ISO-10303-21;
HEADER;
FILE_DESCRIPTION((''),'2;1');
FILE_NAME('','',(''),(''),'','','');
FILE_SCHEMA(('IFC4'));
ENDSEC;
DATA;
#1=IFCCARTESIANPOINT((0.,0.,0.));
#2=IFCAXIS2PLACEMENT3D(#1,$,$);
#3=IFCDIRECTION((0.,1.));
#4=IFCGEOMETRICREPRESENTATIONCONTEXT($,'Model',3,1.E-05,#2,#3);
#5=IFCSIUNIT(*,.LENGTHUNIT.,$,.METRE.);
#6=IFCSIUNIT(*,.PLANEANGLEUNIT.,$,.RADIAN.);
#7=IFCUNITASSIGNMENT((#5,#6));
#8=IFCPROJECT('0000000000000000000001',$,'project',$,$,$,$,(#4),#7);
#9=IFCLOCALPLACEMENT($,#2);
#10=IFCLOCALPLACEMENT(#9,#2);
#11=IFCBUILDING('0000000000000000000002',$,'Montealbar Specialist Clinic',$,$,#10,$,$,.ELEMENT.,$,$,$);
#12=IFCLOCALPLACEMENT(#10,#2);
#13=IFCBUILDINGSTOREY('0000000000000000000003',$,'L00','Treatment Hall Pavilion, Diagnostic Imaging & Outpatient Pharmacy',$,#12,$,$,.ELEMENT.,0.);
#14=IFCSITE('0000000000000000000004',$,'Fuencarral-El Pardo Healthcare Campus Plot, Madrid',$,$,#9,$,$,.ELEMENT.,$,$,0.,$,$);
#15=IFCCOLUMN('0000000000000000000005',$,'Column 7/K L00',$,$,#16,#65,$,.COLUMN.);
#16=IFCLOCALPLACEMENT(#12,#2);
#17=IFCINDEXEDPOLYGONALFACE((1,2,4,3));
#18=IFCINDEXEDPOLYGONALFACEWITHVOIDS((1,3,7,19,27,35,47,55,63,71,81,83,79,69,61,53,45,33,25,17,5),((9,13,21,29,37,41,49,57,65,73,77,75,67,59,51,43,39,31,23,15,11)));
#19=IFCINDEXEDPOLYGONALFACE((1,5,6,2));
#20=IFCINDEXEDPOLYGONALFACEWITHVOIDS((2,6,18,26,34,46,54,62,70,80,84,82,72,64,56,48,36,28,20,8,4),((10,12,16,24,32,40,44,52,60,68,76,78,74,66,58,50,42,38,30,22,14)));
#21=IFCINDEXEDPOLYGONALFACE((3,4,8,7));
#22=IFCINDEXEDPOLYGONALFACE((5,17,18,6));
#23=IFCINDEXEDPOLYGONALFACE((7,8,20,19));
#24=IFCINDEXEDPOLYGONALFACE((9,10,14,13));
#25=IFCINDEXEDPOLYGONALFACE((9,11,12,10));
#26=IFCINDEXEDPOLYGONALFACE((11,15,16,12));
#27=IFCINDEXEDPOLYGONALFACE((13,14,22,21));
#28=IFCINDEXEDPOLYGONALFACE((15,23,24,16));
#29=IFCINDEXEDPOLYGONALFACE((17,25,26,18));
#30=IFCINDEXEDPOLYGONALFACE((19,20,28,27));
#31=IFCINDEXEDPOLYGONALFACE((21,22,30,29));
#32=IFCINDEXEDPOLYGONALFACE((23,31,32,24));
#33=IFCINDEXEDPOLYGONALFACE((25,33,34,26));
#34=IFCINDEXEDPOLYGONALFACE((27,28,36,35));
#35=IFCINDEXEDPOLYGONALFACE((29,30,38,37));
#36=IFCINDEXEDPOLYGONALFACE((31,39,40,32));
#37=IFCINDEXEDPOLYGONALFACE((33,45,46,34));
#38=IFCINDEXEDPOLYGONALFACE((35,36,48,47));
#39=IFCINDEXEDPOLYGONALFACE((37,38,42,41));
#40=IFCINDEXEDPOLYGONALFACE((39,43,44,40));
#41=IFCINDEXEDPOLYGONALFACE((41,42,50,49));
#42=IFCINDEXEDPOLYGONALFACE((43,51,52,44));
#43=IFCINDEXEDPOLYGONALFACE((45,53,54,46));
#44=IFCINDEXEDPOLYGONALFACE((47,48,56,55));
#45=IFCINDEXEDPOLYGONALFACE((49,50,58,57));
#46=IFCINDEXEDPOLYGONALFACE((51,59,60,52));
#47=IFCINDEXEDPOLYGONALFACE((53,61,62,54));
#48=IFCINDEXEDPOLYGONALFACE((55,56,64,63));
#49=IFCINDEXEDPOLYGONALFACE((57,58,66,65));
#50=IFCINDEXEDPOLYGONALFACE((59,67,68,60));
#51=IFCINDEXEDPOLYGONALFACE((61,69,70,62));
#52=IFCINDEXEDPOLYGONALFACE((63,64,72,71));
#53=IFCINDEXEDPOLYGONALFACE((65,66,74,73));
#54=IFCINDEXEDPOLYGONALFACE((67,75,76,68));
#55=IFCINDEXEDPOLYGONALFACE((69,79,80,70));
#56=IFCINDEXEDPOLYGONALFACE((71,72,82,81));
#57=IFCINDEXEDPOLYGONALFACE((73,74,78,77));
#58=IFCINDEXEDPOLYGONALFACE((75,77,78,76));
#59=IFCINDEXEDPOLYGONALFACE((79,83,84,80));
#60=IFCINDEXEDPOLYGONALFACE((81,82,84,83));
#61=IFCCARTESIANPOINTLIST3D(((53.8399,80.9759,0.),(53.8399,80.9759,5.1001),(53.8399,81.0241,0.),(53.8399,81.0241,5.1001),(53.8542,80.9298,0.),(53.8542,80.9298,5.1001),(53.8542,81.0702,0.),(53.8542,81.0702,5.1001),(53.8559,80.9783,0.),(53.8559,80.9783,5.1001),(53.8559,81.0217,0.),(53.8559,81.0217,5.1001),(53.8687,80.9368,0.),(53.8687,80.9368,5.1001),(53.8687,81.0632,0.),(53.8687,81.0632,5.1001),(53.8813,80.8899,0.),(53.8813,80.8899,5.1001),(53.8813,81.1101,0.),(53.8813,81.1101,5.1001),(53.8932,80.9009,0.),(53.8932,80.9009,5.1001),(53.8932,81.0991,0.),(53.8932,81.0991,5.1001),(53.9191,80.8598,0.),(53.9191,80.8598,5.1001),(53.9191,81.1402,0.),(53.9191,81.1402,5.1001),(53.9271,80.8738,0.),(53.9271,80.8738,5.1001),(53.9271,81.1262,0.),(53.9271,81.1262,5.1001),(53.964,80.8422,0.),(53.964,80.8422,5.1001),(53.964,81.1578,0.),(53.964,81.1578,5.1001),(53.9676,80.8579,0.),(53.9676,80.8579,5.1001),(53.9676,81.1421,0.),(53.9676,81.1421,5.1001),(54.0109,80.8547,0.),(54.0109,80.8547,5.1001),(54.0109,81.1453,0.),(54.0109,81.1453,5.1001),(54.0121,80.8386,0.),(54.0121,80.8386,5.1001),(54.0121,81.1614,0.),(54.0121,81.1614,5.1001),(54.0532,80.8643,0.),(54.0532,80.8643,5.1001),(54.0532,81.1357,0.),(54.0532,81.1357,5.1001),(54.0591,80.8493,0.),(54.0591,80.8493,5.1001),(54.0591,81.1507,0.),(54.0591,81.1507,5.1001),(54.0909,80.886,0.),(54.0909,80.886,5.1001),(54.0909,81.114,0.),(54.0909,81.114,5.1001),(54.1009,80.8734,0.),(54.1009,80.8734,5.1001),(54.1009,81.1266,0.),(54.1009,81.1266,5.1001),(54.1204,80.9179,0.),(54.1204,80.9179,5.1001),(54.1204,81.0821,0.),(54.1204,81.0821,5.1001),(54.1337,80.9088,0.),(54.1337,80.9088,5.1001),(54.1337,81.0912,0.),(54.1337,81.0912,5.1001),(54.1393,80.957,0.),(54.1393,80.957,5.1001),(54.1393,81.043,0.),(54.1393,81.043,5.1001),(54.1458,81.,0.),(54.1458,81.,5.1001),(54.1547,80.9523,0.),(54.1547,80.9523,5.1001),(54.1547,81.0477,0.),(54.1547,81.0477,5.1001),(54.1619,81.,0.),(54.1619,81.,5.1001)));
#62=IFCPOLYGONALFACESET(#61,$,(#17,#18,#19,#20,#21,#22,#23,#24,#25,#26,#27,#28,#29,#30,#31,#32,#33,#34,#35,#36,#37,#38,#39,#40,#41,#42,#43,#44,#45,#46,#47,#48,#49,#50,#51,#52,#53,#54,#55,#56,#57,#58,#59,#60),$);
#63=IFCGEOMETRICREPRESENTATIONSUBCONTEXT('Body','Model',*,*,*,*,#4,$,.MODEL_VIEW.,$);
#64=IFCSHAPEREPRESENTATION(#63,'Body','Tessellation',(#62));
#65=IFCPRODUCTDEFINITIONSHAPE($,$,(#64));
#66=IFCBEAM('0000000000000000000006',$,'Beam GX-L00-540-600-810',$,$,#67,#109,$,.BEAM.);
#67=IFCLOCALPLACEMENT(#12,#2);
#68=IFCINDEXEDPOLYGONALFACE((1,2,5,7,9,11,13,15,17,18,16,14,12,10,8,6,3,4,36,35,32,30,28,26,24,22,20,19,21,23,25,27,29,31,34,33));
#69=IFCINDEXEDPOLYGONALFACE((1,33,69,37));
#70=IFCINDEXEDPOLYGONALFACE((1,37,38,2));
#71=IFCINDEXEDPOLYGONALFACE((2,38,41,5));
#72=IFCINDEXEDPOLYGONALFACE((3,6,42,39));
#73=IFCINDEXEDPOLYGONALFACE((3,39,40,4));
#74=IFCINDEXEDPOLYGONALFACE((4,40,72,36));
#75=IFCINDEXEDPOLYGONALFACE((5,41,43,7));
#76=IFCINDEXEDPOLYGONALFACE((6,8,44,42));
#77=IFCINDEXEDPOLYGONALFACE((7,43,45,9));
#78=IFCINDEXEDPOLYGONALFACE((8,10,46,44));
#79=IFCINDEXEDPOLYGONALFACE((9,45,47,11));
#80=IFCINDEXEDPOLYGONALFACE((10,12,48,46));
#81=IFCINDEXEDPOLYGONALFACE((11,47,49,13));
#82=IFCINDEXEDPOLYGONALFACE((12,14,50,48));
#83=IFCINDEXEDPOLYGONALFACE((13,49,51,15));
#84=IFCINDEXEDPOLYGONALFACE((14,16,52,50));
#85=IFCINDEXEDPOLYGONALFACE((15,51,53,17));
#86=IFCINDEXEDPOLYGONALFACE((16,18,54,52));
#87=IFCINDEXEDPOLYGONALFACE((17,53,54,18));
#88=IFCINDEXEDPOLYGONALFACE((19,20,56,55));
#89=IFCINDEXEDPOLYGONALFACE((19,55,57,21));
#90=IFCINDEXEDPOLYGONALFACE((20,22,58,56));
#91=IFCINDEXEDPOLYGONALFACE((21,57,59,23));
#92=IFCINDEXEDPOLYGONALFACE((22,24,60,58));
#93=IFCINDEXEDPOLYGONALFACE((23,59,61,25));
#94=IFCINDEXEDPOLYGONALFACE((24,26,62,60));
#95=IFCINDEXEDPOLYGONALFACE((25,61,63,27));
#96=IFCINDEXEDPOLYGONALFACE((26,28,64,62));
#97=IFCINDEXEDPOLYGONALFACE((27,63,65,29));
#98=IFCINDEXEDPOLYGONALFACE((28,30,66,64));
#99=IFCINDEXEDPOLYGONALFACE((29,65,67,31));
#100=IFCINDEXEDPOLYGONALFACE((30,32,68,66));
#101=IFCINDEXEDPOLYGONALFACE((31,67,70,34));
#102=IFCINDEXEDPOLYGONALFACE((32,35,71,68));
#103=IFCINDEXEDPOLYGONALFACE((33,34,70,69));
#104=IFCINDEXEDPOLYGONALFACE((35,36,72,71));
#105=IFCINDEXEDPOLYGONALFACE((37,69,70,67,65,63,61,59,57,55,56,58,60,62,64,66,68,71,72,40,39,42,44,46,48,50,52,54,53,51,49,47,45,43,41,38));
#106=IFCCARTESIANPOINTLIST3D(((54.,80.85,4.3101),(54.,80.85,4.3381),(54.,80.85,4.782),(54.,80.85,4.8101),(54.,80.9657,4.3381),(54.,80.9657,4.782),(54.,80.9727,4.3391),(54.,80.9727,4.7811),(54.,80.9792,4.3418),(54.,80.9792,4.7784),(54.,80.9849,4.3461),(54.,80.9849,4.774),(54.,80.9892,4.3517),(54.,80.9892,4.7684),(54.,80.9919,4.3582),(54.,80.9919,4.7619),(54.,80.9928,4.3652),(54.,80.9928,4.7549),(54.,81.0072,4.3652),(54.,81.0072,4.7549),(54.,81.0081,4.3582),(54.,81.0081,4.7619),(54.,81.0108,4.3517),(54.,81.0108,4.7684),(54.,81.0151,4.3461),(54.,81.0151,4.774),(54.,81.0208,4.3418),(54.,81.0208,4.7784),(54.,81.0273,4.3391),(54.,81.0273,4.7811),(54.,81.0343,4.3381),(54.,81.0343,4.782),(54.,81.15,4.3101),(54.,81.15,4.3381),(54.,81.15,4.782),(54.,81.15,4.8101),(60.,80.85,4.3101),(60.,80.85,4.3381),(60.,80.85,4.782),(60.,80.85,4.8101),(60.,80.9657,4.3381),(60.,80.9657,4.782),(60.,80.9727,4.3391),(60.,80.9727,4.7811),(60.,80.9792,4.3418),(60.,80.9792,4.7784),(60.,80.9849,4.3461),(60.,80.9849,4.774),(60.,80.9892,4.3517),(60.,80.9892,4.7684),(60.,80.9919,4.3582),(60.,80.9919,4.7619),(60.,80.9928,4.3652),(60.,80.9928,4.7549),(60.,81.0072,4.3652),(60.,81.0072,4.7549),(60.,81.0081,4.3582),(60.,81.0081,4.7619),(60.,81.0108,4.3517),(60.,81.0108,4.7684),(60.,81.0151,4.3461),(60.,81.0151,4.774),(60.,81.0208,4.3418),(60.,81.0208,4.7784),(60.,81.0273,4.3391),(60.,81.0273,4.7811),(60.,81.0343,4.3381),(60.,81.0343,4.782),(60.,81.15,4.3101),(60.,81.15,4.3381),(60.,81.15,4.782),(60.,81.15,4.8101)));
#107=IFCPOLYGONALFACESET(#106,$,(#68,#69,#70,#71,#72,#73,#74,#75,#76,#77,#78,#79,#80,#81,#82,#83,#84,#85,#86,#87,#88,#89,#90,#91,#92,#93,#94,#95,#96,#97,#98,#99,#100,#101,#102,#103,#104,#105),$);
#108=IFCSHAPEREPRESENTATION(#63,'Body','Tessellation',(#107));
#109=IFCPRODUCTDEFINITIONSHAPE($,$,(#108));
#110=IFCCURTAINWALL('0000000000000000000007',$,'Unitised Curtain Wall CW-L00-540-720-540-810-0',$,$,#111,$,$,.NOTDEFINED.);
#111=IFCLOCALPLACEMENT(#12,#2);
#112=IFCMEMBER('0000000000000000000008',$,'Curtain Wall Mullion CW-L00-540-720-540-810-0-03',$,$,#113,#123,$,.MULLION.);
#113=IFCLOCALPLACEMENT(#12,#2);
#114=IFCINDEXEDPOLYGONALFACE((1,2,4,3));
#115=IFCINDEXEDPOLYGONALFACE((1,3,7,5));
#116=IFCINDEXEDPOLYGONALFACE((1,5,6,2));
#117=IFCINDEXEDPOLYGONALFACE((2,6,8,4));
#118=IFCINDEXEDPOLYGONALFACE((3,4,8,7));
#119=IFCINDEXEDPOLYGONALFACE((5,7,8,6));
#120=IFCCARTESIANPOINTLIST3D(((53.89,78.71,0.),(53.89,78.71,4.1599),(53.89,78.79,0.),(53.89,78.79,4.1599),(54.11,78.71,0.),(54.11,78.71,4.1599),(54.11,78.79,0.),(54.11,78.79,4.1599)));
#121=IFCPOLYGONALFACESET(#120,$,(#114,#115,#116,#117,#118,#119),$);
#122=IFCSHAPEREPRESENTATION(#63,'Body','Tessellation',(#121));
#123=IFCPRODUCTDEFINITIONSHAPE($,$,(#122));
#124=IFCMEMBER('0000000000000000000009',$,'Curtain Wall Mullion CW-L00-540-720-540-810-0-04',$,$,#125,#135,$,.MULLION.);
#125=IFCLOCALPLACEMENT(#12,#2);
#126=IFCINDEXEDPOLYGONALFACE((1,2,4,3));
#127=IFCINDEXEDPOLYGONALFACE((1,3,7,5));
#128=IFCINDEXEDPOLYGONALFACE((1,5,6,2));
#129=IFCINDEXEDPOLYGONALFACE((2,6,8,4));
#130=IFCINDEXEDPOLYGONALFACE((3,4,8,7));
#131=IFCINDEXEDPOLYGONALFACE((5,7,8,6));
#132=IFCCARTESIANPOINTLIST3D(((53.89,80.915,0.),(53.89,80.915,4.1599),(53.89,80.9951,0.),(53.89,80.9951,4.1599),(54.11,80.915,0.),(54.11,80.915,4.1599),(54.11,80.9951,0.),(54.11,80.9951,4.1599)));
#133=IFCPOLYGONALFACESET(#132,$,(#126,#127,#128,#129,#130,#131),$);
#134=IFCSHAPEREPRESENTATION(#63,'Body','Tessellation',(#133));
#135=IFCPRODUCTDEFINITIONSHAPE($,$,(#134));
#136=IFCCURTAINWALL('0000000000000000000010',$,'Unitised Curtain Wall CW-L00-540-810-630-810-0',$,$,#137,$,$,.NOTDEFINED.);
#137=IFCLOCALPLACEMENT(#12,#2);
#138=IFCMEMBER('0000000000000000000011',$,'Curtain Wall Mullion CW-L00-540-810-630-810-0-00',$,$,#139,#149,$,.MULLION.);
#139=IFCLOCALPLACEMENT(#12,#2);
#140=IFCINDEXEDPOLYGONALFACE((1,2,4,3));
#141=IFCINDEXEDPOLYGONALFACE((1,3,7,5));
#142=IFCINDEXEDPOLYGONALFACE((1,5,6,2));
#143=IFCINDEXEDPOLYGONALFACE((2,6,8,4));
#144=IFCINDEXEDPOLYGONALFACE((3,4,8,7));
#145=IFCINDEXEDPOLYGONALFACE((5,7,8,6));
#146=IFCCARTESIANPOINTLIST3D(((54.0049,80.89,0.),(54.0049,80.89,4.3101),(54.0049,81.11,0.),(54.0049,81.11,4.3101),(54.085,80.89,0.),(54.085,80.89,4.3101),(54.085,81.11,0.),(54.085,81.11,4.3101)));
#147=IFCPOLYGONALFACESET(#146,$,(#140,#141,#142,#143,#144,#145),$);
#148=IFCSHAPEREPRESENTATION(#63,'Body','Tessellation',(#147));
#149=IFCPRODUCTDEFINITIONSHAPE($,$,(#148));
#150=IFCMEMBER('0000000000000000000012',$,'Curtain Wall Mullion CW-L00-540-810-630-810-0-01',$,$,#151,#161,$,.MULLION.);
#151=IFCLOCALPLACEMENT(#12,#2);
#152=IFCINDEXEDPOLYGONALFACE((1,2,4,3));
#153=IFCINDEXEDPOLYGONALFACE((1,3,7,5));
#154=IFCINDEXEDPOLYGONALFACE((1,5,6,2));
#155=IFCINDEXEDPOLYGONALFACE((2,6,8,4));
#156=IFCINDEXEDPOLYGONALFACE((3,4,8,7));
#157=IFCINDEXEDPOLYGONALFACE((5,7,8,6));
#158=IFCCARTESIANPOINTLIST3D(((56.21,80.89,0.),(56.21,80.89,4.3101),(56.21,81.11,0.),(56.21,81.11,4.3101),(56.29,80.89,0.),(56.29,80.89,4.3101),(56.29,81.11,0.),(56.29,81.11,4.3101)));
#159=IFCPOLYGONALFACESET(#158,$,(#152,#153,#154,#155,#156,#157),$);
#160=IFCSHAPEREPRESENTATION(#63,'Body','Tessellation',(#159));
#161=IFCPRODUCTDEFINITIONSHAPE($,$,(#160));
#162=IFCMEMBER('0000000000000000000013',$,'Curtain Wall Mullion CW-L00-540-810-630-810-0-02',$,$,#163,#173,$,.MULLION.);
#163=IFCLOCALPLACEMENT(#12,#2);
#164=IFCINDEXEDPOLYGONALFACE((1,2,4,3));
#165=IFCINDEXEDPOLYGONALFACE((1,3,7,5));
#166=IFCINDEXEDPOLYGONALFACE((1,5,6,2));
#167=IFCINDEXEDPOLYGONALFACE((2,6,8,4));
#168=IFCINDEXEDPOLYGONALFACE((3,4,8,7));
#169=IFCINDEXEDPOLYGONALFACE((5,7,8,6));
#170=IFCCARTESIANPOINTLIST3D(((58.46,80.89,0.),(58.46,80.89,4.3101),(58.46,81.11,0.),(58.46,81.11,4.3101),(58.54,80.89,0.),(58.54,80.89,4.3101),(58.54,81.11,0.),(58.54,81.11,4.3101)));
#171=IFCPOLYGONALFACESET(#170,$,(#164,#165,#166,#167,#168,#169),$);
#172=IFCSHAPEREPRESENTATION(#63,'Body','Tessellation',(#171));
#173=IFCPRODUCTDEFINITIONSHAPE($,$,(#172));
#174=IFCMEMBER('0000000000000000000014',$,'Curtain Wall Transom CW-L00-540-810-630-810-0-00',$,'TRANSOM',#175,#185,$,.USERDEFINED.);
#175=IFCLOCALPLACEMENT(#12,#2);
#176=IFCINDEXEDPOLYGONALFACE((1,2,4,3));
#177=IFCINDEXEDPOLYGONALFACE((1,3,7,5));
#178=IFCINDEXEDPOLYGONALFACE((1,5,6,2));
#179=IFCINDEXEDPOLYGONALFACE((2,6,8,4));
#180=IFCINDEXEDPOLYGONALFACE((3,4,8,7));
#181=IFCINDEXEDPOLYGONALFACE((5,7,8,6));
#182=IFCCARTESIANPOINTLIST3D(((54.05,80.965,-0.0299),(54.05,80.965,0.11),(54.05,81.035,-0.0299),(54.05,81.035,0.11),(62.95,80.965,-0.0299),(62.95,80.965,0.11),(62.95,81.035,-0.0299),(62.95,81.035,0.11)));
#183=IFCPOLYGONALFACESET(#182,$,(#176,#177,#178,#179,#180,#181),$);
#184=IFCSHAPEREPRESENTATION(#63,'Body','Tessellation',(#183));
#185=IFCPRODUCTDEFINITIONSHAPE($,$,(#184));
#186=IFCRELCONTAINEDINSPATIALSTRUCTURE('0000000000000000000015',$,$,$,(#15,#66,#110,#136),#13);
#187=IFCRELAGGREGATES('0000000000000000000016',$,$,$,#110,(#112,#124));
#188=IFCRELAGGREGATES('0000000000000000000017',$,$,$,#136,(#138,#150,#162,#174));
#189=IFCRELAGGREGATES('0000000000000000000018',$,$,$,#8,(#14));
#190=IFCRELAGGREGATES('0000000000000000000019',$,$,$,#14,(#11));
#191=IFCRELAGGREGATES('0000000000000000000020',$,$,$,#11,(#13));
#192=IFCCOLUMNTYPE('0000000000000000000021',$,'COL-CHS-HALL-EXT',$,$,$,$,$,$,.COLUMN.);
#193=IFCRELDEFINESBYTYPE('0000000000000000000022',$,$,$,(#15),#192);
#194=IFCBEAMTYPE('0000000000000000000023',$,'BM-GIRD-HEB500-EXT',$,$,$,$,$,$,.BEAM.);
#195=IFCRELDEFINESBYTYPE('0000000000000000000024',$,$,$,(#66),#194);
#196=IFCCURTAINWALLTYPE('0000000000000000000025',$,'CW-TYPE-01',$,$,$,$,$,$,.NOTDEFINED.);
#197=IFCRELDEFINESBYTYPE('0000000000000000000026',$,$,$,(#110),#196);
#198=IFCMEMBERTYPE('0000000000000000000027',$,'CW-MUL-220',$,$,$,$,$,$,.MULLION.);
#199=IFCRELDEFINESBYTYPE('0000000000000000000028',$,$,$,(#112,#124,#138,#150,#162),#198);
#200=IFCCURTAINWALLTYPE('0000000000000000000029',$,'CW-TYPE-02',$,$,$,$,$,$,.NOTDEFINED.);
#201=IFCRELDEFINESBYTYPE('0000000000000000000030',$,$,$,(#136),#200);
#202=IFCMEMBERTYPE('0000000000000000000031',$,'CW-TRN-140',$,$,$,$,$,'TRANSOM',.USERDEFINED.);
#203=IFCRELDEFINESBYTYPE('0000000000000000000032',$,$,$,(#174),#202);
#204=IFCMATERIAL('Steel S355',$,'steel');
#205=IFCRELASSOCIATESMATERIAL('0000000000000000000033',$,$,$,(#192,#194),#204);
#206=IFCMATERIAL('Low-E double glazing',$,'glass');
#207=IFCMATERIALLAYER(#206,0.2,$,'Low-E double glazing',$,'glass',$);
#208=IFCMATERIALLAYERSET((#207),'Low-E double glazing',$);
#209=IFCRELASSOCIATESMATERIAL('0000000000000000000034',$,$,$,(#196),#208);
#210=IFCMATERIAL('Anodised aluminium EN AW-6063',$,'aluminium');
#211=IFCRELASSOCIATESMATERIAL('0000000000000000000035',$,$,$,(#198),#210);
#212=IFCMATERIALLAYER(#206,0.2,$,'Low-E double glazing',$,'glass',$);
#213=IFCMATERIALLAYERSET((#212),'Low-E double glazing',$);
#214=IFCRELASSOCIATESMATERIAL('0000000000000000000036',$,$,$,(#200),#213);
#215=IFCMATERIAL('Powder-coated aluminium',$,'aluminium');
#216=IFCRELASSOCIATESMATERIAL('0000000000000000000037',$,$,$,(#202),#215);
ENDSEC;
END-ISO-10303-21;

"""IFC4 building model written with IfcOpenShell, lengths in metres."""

from ifc_helpers import new_model, si_unit, direction, frame, origin, origin_2d, place, context, subcontext, project, spatial, rectangle, hollow_circle, i_section, extrude, material, layer, layer_set, material_profile, profile_set, type_object, element, aggregate, save


model = new_model("IFC4")

# Units and contexts
model_context = context("Model", 3, precision=1e-05, world=origin(), true_north=direction((0.0, 1.0)))
body_context = subcontext(model_context, "Body", "Model", "MODEL_VIEW")
ifc_project = project(units=[si_unit("LENGTHUNIT", "METRE"), si_unit("PLANEANGLEUNIT", "RADIAN")], contexts=[model_context])

# Site, building, storey
site_placement = place(None, origin())
site = spatial("IfcSite", under=ifc_project, at=site_placement, Name="Fuencarral-El Pardo Healthcare Campus Plot, Madrid", CompositionType="ELEMENT", RefElevation=0.0)
building_placement = place(site_placement, origin())
building = spatial("IfcBuilding", under=site, at=building_placement, Name="Montealbar Specialist Clinic", CompositionType="ELEMENT")
storey_placement = place(building_placement, origin())
storey = spatial("IfcBuildingStorey", under=building, at=storey_placement, Name="L00", Description="Treatment Hall Pavilion, Diagnostic Imaging & Outpatient Pharmacy", CompositionType="ELEMENT", Elevation=0.0)

# Column
ifc_material_1 = material(Name="Steel S355", Category="steel")
ifc_material_profile_1 = material_profile(ifc_material_1, hollow_circle(Radius=0.1619, WallThickness=0.0161, at=origin_2d()), Name="CHS 323.9x16.0", Category="steel")
ifc_profile_set_1 = profile_set([ifc_material_profile_1], Name="Steel S355")
column_type = type_object("IfcColumnType", Name="COL-CHS-HALL-EXT", PredefinedType="COLUMN", material=ifc_profile_set_1)
column_placement = place(storey_placement, frame((54.0, 81.0, 0.0), z_axis=(0.0, 0.0, 1.0), x_axis=(1.0, 0.0, 0.0)))
element("IfcColumn", 1, at=column_placement, inside=storey, type_object=column_type, Name="Column 7/K L00", PredefinedType="COLUMN", context=body_context, shape_type="SweptSolid", body=[
    extrude(hollow_circle(Radius=0.1619, WallThickness=0.0161, at=origin_2d()), origin(), (0.0, 0.0, 1.0), 5.1001),
])

# Beam
ifc_material_profile_2 = material_profile(ifc_material_1, i_section(OverallWidth=0.3, OverallDepth=0.5, WebThickness=0.0144, FlangeThickness=0.0281, FilletRadius=0.0271, at=origin_2d()), Name="HEB 500", Category="steel")
ifc_profile_set_2 = profile_set([ifc_material_profile_2], Name="Steel S355")
beam_type = type_object("IfcBeamType", Name="BM-GIRD-HEB500-EXT", PredefinedType="BEAM", material=ifc_profile_set_2)
beam_placement = place(storey_placement, frame((54.0, 81.0, 4.5601), z_axis=(1.0, 0.0, 0.0), x_axis=(0.0, 1.0, 0.0)))
element("IfcBeam", 2, at=beam_placement, inside=storey, type_object=beam_type, Name="Beam GX-L00-540-600-810", PredefinedType="BEAM", context=body_context, shape_type="SweptSolid", body=[
    extrude(i_section(OverallWidth=0.3, OverallDepth=0.5, WebThickness=0.0144, FlangeThickness=0.0281, FilletRadius=0.0271, at=origin_2d()), origin(), (0.0, 0.0, 1.0), 6.0),
])

# Curtain walls, members
ifc_material_2 = material(Name="Low-E double glazing", Category="glass")
ifc_layer_1 = layer(ifc_material_2, 0.2, Name="Low-E double glazing", Category="glass")
ifc_layer_set_1 = layer_set([ifc_layer_1], Name="Low-E double glazing")
curtain_wall_type_1 = type_object("IfcCurtainWallType", Name="CW-TYPE-01", PredefinedType="NOTDEFINED", material=ifc_layer_set_1)
curtain_wall_1_placement = place(storey_placement, origin())
curtain_wall_1 = element("IfcCurtainWall", 3, at=curtain_wall_1_placement, inside=storey, type_object=curtain_wall_type_1, Name="Unitised Curtain Wall CW-L00-540-720-540-810-0", PredefinedType="NOTDEFINED")
ifc_material_3 = material(Name="Anodised aluminium EN AW-6063", Category="aluminium")
ifc_material_profile_3 = material_profile(ifc_material_3, rectangle(XDim=0.0801, YDim=0.22, at=origin_2d()), Name="ALU 80x220", Category="aluminium")
ifc_profile_set_3 = profile_set([ifc_material_profile_3], Name="Anodised aluminium EN AW-6063")
member_type_1 = type_object("IfcMemberType", Name="CW-MUL-220", PredefinedType="MULLION", material=ifc_profile_set_3)
member_1_placement = place(storey_placement, frame((54.0, 78.75, 0.0), z_axis=(0.0, 0.0, 1.0), x_axis=(0.0, 1.0, 0.0)))
member_1 = element("IfcMember", 4, at=member_1_placement, type_object=member_type_1, Name="Curtain Wall Mullion CW-L00-540-720-540-810-0-03", PredefinedType="MULLION", context=body_context, shape_type="SweptSolid", body=[
    extrude(rectangle(XDim=0.0801, YDim=0.22, at=origin_2d()), origin(), (0.0, 0.0, 1.0), 4.1599),
])
member_2_placement = place(storey_placement, frame((54.0, 80.9551, 0.0), z_axis=(0.0, 0.0, 1.0), x_axis=(0.0, 1.0, 0.0)))
member_2 = element("IfcMember", 5, at=member_2_placement, type_object=member_type_1, Name="Curtain Wall Mullion CW-L00-540-720-540-810-0-04", PredefinedType="MULLION", context=body_context, shape_type="SweptSolid", body=[
    extrude(rectangle(XDim=0.0801, YDim=0.22, at=origin_2d()), origin(), (0.0, 0.0, 1.0), 4.1599),
])
ifc_layer_2 = layer(ifc_material_2, 0.2, Name="Low-E double glazing", Category="glass")
ifc_layer_set_2 = layer_set([ifc_layer_2], Name="Low-E double glazing")
curtain_wall_type_2 = type_object("IfcCurtainWallType", Name="CW-TYPE-02", PredefinedType="NOTDEFINED", material=ifc_layer_set_2)
curtain_wall_2_placement = place(storey_placement, origin())
curtain_wall_2 = element("IfcCurtainWall", 6, at=curtain_wall_2_placement, inside=storey, type_object=curtain_wall_type_2, Name="Unitised Curtain Wall CW-L00-540-810-630-810-0", PredefinedType="NOTDEFINED")
member_3_placement = place(storey_placement, frame((54.0449, 81.0, 0.0), z_axis=(0.0, 0.0, 1.0), x_axis=(1.0, 0.0, 0.0)))
member_3 = element("IfcMember", 7, at=member_3_placement, type_object=member_type_1, Name="Curtain Wall Mullion CW-L00-540-810-630-810-0-00", PredefinedType="MULLION", context=body_context, shape_type="SweptSolid", body=[
    extrude(rectangle(XDim=0.0801, YDim=0.22, at=origin_2d()), origin(), (0.0, 0.0, 1.0), 4.3101),
])
member_4_placement = place(storey_placement, frame((56.25, 81.0, 0.0), z_axis=(0.0, 0.0, 1.0), x_axis=(1.0, 0.0, 0.0)))
member_4 = element("IfcMember", 8, at=member_4_placement, type_object=member_type_1, Name="Curtain Wall Mullion CW-L00-540-810-630-810-0-01", PredefinedType="MULLION", context=body_context, shape_type="SweptSolid", body=[
    extrude(rectangle(XDim=0.0801, YDim=0.22, at=origin_2d()), origin(), (0.0, 0.0, 1.0), 4.3101),
])
member_5_placement = place(storey_placement, frame((58.5, 81.0, 0.0), z_axis=(0.0, 0.0, 1.0), x_axis=(1.0, 0.0, 0.0)))
member_5 = element("IfcMember", 9, at=member_5_placement, type_object=member_type_1, Name="Curtain Wall Mullion CW-L00-540-810-630-810-0-02", PredefinedType="MULLION", context=body_context, shape_type="SweptSolid", body=[
    extrude(rectangle(XDim=0.0801, YDim=0.22, at=origin_2d()), origin(), (0.0, 0.0, 1.0), 4.3101),
])
ifc_material_4 = material(Name="Powder-coated aluminium", Category="aluminium")
ifc_material_profile_4 = material_profile(ifc_material_4, rectangle(XDim=0.0701, YDim=0.1399, at=origin_2d()), Name="ALU 70x140", Category="aluminium")
ifc_profile_set_4 = profile_set([ifc_material_profile_4], Name="Powder-coated aluminium")
member_type_2 = type_object("IfcMemberType", Name="CW-TRN-140", ElementType="TRANSOM", PredefinedType="USERDEFINED", material=ifc_profile_set_4)
member_6_placement = place(storey_placement, frame((54.05, 81.0, 0.04), z_axis=(1.0, 0.0, 0.0), x_axis=(0.0, 1.0, 0.0)))
member_6 = element("IfcMember", 10, at=member_6_placement, type_object=member_type_2, Name="Curtain Wall Transom CW-L00-540-810-630-810-0-00", ObjectType="TRANSOM", PredefinedType="USERDEFINED", context=body_context, shape_type="SweptSolid", body=[
    extrude(rectangle(XDim=0.0701, YDim=0.1399, at=origin_2d()), origin(), (0.0, 0.0, 1.0), 8.8999),
])

aggregate(curtain_wall_1, [member_1, member_2])
aggregate(curtain_wall_2, [member_3, member_4, member_5, member_6])

save(model, "model.ifc")
